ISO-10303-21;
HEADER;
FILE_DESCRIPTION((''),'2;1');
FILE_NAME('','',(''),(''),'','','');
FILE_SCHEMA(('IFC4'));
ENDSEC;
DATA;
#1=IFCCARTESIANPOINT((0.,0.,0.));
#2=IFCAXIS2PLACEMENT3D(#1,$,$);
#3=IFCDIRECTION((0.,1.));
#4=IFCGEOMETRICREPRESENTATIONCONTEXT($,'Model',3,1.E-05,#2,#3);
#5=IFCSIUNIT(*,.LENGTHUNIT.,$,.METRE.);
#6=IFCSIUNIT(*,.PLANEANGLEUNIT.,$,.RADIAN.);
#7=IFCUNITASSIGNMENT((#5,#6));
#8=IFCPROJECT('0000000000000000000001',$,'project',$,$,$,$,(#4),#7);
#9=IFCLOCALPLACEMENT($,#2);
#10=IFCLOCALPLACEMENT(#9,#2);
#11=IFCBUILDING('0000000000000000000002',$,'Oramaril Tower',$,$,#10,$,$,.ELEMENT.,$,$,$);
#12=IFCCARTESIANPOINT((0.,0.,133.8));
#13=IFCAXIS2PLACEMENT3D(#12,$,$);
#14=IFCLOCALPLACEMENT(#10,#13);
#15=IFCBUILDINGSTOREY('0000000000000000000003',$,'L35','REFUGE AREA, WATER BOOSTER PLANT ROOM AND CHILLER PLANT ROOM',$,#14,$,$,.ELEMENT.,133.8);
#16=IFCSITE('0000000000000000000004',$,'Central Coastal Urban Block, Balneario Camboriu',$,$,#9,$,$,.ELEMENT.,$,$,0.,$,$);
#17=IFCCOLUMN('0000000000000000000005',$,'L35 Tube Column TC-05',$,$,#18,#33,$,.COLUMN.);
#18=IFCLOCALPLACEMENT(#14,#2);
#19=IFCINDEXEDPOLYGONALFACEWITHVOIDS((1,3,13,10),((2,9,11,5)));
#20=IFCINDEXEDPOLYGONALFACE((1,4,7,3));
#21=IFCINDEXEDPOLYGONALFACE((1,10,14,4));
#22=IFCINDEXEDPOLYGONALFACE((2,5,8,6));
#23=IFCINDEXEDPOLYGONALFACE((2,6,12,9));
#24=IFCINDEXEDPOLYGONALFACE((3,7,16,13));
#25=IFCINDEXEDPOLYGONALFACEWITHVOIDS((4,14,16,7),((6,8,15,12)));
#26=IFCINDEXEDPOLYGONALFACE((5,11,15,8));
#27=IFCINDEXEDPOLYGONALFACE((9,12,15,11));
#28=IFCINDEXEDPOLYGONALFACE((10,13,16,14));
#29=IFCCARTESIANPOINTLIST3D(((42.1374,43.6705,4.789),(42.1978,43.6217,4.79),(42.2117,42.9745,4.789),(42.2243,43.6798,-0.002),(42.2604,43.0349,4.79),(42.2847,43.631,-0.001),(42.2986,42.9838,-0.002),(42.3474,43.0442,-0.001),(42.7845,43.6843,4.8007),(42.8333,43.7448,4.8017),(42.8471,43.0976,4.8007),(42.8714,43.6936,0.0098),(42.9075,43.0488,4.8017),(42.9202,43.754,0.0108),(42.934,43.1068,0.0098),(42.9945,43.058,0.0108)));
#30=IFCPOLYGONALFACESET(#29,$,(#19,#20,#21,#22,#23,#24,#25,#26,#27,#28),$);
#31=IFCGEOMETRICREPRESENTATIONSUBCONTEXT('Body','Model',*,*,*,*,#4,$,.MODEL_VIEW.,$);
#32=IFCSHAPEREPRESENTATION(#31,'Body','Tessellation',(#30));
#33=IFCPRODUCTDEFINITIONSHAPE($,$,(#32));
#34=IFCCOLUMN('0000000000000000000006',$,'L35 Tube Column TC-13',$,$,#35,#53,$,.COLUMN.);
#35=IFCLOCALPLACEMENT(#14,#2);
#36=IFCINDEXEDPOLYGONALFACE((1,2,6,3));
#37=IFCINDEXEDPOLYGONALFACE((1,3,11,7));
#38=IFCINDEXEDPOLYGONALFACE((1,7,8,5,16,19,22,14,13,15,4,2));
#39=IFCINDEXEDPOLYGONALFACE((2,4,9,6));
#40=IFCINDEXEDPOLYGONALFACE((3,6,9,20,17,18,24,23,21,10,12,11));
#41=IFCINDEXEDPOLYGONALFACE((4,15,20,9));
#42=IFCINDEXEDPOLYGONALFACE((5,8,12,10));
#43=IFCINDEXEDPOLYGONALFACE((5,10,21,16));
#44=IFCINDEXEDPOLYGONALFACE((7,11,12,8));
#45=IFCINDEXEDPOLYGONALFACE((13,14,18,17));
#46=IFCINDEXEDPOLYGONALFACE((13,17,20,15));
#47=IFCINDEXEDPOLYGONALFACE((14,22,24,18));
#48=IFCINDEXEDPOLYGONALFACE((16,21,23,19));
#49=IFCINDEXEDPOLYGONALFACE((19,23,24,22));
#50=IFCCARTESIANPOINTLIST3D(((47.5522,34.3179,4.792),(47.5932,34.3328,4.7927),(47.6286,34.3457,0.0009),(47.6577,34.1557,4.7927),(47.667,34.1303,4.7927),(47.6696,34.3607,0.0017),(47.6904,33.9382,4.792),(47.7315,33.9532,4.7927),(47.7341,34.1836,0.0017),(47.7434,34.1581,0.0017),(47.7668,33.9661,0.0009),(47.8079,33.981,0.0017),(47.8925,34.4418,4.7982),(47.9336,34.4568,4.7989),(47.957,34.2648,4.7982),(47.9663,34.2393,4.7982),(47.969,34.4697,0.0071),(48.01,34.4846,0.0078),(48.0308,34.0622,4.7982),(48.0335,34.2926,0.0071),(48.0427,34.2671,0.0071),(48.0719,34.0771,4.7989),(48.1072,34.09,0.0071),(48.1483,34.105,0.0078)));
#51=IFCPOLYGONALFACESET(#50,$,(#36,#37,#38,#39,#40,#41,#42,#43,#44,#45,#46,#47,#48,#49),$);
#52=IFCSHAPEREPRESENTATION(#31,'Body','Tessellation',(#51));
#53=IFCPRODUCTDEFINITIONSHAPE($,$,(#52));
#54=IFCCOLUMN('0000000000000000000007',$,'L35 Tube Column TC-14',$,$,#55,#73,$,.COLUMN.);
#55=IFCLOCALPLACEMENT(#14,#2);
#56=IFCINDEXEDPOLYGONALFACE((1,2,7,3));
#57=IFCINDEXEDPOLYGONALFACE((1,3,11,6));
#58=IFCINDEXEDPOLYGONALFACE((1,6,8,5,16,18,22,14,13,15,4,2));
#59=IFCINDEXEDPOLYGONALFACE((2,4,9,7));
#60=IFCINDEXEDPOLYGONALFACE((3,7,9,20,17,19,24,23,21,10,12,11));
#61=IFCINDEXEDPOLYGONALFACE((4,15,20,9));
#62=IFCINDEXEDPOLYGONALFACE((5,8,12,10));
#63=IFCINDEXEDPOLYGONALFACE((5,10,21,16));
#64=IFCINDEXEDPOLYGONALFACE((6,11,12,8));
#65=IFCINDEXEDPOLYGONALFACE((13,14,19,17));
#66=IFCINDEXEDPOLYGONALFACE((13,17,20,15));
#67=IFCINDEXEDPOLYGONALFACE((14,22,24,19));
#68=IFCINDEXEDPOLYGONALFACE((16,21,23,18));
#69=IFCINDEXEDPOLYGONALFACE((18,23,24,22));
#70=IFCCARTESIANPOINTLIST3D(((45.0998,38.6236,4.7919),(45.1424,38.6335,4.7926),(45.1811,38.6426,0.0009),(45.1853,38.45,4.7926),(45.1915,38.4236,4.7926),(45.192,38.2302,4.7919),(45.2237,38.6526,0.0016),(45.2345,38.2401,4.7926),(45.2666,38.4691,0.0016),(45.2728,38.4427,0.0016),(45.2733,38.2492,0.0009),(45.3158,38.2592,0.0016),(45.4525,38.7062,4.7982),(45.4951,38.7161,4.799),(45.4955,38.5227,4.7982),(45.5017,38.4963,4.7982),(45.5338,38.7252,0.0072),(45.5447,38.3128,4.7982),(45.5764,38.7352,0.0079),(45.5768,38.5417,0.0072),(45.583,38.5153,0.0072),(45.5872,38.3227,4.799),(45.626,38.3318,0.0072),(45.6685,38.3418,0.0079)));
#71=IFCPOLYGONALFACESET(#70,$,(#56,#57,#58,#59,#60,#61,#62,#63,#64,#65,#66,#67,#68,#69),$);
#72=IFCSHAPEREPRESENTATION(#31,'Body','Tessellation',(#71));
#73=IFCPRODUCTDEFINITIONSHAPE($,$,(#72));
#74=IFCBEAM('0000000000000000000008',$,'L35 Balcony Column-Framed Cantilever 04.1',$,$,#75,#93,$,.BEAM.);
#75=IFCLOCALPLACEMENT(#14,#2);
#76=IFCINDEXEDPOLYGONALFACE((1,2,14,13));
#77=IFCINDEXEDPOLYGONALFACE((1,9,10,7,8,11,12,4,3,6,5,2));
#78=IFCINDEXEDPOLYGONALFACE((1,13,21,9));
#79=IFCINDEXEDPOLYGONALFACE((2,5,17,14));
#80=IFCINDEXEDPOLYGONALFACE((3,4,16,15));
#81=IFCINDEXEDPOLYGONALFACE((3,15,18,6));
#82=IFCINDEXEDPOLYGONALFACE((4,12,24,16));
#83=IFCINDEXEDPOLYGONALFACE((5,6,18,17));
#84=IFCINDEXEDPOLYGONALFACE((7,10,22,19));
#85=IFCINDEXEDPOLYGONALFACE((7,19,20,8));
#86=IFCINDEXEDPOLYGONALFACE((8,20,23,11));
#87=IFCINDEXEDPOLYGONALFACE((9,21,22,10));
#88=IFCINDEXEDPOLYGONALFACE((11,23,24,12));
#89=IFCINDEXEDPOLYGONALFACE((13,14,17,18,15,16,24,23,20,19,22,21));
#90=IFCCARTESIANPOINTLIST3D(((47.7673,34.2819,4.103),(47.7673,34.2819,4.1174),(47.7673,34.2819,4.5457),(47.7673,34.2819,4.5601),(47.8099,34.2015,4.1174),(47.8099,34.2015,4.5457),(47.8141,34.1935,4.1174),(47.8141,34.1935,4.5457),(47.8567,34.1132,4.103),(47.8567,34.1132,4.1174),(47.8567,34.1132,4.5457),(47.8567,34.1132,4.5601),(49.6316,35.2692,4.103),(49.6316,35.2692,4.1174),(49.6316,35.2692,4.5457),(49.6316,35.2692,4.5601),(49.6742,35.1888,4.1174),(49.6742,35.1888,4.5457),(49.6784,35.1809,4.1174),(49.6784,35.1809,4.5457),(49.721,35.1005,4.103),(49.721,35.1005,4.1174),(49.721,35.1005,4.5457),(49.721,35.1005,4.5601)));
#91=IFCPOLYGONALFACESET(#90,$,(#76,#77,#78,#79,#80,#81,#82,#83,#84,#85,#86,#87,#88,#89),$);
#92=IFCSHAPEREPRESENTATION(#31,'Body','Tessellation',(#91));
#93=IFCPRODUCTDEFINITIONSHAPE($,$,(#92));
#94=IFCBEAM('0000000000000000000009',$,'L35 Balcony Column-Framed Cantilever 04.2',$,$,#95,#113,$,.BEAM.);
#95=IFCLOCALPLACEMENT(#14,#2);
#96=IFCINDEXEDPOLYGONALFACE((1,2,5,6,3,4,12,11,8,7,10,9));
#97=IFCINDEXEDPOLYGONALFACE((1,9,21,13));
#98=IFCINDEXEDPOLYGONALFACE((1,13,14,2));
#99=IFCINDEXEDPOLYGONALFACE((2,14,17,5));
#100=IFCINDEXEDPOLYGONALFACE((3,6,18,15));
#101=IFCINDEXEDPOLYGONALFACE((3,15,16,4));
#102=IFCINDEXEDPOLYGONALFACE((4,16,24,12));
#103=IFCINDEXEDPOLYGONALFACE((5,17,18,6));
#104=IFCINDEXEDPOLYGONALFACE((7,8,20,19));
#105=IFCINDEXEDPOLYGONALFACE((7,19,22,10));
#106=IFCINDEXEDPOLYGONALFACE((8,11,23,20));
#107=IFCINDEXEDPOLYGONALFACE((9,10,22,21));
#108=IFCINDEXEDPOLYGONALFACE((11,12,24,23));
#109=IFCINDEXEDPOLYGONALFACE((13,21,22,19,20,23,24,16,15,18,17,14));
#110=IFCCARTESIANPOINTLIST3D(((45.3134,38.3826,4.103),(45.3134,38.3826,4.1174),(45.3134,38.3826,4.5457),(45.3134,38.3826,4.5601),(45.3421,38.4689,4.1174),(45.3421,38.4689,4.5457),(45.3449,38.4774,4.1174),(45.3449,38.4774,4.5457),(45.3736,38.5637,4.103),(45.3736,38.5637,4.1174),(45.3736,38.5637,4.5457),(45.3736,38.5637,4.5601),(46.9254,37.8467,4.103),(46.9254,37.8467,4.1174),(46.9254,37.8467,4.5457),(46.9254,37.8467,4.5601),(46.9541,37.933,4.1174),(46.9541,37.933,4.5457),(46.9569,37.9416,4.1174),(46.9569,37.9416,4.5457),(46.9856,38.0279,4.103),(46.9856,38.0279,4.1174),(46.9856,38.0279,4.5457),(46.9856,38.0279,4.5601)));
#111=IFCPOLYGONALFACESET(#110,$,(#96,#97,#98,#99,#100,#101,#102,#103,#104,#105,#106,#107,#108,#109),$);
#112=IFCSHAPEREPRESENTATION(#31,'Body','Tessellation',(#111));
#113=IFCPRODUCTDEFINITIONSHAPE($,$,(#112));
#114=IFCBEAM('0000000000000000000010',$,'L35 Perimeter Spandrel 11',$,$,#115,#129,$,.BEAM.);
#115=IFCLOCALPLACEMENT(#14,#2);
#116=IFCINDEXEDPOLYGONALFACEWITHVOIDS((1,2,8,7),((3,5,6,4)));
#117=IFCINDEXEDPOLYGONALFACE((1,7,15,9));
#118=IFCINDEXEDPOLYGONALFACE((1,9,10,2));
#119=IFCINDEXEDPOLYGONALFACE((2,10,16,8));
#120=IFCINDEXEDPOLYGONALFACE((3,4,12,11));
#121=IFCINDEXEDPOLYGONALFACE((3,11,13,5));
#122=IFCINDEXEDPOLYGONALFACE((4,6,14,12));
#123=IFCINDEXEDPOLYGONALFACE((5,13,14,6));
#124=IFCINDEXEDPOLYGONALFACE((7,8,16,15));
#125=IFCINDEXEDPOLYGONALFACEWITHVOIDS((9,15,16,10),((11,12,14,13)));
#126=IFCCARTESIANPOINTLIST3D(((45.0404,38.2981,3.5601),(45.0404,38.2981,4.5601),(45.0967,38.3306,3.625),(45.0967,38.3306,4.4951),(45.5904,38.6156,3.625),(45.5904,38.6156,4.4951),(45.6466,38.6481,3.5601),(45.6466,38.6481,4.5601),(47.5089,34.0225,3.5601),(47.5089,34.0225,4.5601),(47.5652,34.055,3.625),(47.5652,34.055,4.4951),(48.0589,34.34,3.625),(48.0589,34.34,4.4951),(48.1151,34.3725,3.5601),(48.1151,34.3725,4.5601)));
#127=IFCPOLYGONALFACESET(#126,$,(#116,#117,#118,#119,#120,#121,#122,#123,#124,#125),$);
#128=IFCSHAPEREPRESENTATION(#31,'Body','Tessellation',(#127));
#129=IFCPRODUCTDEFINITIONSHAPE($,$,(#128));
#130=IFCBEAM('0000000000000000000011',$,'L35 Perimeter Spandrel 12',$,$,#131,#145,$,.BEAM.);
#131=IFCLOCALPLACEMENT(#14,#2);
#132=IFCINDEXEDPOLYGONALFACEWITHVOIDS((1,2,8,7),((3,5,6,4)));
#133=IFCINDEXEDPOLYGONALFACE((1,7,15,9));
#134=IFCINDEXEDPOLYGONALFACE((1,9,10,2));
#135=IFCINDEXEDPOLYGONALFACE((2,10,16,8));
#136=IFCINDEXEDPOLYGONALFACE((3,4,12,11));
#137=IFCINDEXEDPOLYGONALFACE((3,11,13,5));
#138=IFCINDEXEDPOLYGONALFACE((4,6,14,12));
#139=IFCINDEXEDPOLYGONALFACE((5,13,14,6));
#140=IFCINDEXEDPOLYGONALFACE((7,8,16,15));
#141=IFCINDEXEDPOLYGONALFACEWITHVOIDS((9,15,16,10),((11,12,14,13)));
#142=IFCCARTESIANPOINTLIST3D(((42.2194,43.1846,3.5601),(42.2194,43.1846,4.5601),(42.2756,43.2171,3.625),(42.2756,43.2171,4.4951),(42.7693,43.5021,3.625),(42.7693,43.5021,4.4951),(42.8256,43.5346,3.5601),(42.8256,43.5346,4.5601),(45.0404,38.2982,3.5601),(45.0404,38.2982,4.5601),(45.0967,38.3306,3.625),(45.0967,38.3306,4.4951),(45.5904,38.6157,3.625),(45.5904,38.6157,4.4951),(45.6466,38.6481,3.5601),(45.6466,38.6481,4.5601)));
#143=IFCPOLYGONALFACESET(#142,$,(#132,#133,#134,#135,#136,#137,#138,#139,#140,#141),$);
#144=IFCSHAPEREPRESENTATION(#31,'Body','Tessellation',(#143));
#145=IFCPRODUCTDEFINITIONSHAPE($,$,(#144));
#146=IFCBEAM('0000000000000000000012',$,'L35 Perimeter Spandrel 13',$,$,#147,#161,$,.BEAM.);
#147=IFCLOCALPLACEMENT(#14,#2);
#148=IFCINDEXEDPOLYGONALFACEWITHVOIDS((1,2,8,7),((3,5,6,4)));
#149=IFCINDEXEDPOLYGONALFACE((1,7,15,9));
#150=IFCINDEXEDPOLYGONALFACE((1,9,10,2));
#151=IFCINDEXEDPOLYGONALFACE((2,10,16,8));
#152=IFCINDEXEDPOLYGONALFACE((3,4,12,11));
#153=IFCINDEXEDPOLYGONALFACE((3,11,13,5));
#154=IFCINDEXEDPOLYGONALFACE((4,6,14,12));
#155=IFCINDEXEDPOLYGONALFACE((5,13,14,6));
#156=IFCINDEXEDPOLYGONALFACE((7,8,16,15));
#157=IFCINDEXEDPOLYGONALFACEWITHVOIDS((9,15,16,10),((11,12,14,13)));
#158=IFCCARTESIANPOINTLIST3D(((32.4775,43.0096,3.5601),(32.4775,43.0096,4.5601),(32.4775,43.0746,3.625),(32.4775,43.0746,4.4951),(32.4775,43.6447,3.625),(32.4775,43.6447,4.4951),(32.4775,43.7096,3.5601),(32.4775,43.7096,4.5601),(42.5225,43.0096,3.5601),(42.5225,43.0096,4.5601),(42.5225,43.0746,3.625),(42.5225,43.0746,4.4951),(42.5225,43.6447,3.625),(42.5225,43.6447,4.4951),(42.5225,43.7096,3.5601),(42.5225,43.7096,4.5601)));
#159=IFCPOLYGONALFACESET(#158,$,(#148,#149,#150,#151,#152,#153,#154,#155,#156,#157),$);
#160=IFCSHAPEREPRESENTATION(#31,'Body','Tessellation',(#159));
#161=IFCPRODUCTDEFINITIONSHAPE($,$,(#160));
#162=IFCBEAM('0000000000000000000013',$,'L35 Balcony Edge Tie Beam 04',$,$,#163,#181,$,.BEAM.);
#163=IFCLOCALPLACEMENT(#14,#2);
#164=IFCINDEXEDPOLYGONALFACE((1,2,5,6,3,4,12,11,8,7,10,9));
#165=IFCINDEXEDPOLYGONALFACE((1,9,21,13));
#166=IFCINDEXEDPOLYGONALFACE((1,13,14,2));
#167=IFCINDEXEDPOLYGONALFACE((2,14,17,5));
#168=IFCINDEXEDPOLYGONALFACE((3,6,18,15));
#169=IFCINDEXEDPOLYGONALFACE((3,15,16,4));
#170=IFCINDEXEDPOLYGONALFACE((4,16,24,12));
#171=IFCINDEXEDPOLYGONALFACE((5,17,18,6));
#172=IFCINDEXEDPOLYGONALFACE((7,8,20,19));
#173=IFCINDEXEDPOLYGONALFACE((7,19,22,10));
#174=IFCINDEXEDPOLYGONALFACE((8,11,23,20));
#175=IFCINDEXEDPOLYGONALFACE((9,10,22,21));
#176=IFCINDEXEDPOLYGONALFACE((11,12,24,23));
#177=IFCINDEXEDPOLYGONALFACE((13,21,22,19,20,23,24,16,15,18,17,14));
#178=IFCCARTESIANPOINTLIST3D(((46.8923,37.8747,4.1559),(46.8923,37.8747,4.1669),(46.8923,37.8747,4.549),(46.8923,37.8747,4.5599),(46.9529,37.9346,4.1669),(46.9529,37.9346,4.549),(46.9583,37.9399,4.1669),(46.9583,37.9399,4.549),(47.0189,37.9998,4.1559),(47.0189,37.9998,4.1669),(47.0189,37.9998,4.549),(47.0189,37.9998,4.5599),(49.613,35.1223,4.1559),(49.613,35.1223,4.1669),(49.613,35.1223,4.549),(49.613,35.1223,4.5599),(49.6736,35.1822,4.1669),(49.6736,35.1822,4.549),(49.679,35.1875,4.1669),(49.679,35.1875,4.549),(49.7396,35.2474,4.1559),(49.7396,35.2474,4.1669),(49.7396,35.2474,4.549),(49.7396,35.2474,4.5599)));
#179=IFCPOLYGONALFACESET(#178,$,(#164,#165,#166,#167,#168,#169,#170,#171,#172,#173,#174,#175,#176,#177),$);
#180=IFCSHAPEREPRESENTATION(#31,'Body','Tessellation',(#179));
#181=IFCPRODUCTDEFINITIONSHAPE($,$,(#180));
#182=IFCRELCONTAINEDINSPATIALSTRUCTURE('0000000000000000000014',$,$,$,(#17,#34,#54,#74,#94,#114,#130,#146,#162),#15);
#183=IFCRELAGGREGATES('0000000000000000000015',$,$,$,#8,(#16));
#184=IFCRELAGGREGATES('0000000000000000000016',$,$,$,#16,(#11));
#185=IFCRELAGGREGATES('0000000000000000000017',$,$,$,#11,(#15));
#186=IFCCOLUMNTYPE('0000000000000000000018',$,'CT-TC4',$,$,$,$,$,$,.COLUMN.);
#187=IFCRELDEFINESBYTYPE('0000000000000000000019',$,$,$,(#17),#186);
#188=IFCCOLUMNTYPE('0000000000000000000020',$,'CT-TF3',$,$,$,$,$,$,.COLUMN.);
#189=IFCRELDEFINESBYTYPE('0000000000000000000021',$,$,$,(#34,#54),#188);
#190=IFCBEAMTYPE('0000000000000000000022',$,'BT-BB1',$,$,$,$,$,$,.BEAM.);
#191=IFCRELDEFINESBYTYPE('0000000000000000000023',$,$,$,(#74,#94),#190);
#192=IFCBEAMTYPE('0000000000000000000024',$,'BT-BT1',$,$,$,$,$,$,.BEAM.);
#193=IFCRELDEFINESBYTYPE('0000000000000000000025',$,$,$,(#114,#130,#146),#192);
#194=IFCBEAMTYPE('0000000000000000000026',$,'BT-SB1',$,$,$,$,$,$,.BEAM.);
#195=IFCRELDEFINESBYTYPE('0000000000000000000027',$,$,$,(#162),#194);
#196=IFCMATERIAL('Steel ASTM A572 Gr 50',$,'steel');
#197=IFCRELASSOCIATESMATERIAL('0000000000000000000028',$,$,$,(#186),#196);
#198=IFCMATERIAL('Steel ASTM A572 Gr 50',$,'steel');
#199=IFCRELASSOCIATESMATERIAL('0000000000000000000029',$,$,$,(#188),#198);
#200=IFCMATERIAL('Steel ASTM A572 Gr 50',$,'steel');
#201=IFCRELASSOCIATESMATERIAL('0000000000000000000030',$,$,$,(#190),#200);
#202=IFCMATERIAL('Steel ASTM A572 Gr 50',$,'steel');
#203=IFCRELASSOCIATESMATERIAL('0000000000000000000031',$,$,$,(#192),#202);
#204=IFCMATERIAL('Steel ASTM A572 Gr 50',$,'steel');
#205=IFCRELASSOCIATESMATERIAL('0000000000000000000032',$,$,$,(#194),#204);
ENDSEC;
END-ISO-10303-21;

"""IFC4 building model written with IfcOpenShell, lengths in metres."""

from ifc_helpers import new_model, si_unit, direction, frame, origin, origin_2d, place, context, subcontext, project, spatial, hollow_rectangle, i_section, extrude, material, material_profile, profile_set, type_object, element, save


model = new_model("IFC4")

# Units and contexts
model_context = context("Model", 3, precision=1e-05, world=origin(), true_north=direction((0.0, 1.0)))
body_context = subcontext(model_context, "Body", "Model", "MODEL_VIEW")
ifc_project = project(units=[si_unit("LENGTHUNIT", "METRE"), si_unit("PLANEANGLEUNIT", "RADIAN")], contexts=[model_context])

# Site, building, storey
site_placement = place(None, origin())
site = spatial("IfcSite", under=ifc_project, at=site_placement, Name="Central Coastal Urban Block, Balneario Camboriu", CompositionType="ELEMENT", RefElevation=0.0)
building_placement = place(site_placement, origin())
building = spatial("IfcBuilding", under=site, at=building_placement, Name="Oramaril Tower", CompositionType="ELEMENT")
storey_placement = place(building_placement, frame((0.0, 0.0, 133.8)))
storey = spatial("IfcBuildingStorey", under=building, at=storey_placement, Name="L35", Description="REFUGE AREA, WATER BOOSTER PLANT ROOM AND CHILLER PLANT ROOM", CompositionType="ELEMENT", Elevation=133.8)

# Columns
ifc_material_1 = material(Name="Steel ASTM A572 Gr 50", Category="steel")
ifc_material_profile_1 = material_profile(ifc_material_1, hollow_rectangle(XDim=0.7, YDim=0.7, WallThickness=0.0549, at=origin_2d()), Name="BOX700X700X55")
ifc_profile_set_1 = profile_set([ifc_material_profile_1], Name="Steel ASTM A572 Gr 50")
column_type_1 = type_object("IfcColumnType", Name="CT-TC4", PredefinedType="COLUMN", material=ifc_profile_set_1)
column_placement = place(storey_placement, frame((42.6094, 43.3689, 0.0044), z_axis=(-0.018138, -0.001936, 0.999834), x_axis=(0.106139, -0.994351, 0.0)))
element("IfcColumn", 1, at=column_placement, inside=storey, type_object=column_type_1, Name="L35 Tube Column TC-05", PredefinedType="COLUMN", context=body_context, shape_type="SweptSolid", body=[
    extrude(hollow_rectangle(XDim=0.7, YDim=0.7, WallThickness=0.0549, at=origin_2d()), origin(), (0.0, 0.0, 1.0), 4.7917),
])
ifc_material_2 = material(Name="Steel ASTM A572 Gr 50", Category="steel")
ifc_material_profile_2 = material_profile(ifc_material_2, i_section(OverallWidth=0.4041, OverallDepth=0.406, WebThickness=0.0271, FlangeThickness=0.0437, at=origin_2d()), Name="W14X233")
ifc_profile_set_2 = profile_set([ifc_material_profile_2], Name="Steel ASTM A572 Gr 50")
column_type_2 = type_object("IfcColumnType", Name="CT-TF3", PredefinedType="COLUMN", material=ifc_profile_set_2)
for number, where, z_axis, x_axis, name in (
    (2, (47.8884, 34.2253, 0.0044), (-0.015948, -0.005808, 0.999856), (0.342225, -0.939618, 0.0), "L35 Tube Column TC-13"),
    (3, (45.4248, 38.4922, 0.0044), (-0.016966, -0.003974, 0.999848), (0.228061, -0.973647, 0.0), "L35 Tube Column TC-14"),
):
    element("IfcColumn", number, at=place(storey_placement, frame(where, z_axis=z_axis, x_axis=x_axis)), inside=storey, type_object=column_type_2, Name=name, PredefinedType="COLUMN", context=body_context, shape_type="SweptSolid", body=[
        extrude(i_section(OverallWidth=0.4041, OverallDepth=0.406, WebThickness=0.0271, FlangeThickness=0.0437, at=origin_2d()), origin(), (0.0, 0.0, 1.0), 4.7917),
    ])

# Beams
ifc_material_3 = material(Name="Steel ASTM A572 Gr 50", Category="steel")
ifc_material_profile_3 = material_profile(ifc_material_3, i_section(OverallWidth=0.1909, OverallDepth=0.457, WebThickness=0.009, FlangeThickness=0.0144, at=origin_2d()), Name="W18X50")
ifc_profile_set_3 = profile_set([ifc_material_profile_3], Name="Steel ASTM A572 Gr 50")
beam_type_1 = type_object("IfcBeamType", Name="BT-BB1", PredefinedType="BEAM", material=ifc_profile_set_3)
beam_1_placement = place(storey_placement, frame((47.812, 34.1975, 4.3315), z_axis=(0.88372, 0.468015, 0.0), x_axis=(-0.468015, 0.88372, 0.0)))
element("IfcBeam", 4, at=beam_1_placement, inside=storey, type_object=beam_type_1, Name="L35 Balcony Column-Framed Cantilever 04.1", PredefinedType="BEAM", context=body_context, shape_type="SweptSolid", body=[
    extrude(i_section(OverallWidth=0.1909, OverallDepth=0.457, WebThickness=0.009, FlangeThickness=0.0144, at=origin_2d()), origin(), (0.0, 0.0, 1.0), 2.1096),
])
beam_2_placement = place(storey_placement, frame((45.3435, 38.4731, 4.3315), z_axis=(0.948942, -0.315452, 0.0), x_axis=(0.315452, 0.948942, 0.0)))
element("IfcBeam", 5, at=beam_2_placement, inside=storey, type_object=beam_type_1, Name="L35 Balcony Column-Framed Cantilever 04.2", PredefinedType="BEAM", context=body_context, shape_type="SweptSolid", body=[
    extrude(i_section(OverallWidth=0.1909, OverallDepth=0.457, WebThickness=0.009, FlangeThickness=0.0144, at=origin_2d()), origin(), (0.0, 0.0, 1.0), 1.6987),
])
ifc_material_4 = material(Name="Steel ASTM A572 Gr 50", Category="steel")
ifc_material_profile_4 = material_profile(ifc_material_4, hollow_rectangle(XDim=0.7, YDim=1.0, WallThickness=0.0649, at=origin_2d()), Name="BOX1000X700X65")
ifc_profile_set_4 = profile_set([ifc_material_profile_4], Name="Steel ASTM A572 Gr 50")
beam_type_2 = type_object("IfcBeamType", Name="BT-BT1", PredefinedType="BEAM", material=ifc_profile_set_4)
beam_3_placement = place(storey_placement, frame((47.812, 34.1975, 4.0601), z_axis=(-0.499995, 0.866028, 0.0), x_axis=(-0.866028, -0.499995, 0.0)))
element("IfcBeam", 6, at=beam_3_placement, inside=storey, type_object=beam_type_2, Name="L35 Perimeter Spandrel 11", PredefinedType="BEAM", context=body_context, shape_type="SweptSolid", body=[
    extrude(hollow_rectangle(XDim=0.7, YDim=1.0, WallThickness=0.0649, at=origin_2d()), origin(), (0.0, 0.0, 1.0), 4.937),
])
beam_4_placement = place(storey_placement, frame((45.3435, 38.4731, 4.0601), z_axis=(-0.499978, 0.866038, 0.0), x_axis=(-0.866038, -0.499978, 0.0)))
element("IfcBeam", 7, at=beam_4_placement, inside=storey, type_object=beam_type_2, Name="L35 Perimeter Spandrel 12", PredefinedType="BEAM", context=body_context, shape_type="SweptSolid", body=[
    extrude(hollow_rectangle(XDim=0.7, YDim=1.0, WallThickness=0.0649, at=origin_2d()), origin(), (0.0, 0.0, 1.0), 5.6423),
])
beam_5_placement = place(storey_placement, frame((42.5225, 43.3596, 4.0601), z_axis=(-1.0, 0.0, 0.0), x_axis=(0.0, -1.0, 0.0)))
element("IfcBeam", 8, at=beam_5_placement, inside=storey, type_object=beam_type_2, Name="L35 Perimeter Spandrel 13", PredefinedType="BEAM", context=body_context, shape_type="SweptSolid", body=[
    extrude(hollow_rectangle(XDim=0.7, YDim=1.0, WallThickness=0.0649, at=origin_2d()), origin(), (0.0, 0.0, 1.0), 10.0449),
])
ifc_material_5 = material(Name="Steel ASTM A572 Gr 50", Category="steel")
ifc_material_profile_5 = material_profile(ifc_material_5, i_section(OverallWidth=0.178, OverallDepth=0.4041, WebThickness=0.0076, FlangeThickness=0.011, at=origin_2d()), Name="W16X36")
ifc_profile_set_5 = profile_set([ifc_material_profile_5], Name="Steel ASTM A572 Gr 50")
beam_type_3 = type_object("IfcBeamType", Name="BT-SB1", PredefinedType="BEAM", material=ifc_profile_set_5)
beam_6_placement = place(storey_placement, frame((49.6763, 35.1848, 4.3579), z_axis=(-0.702995, 0.711195, 0.0), x_axis=(-0.711195, -0.702995, 0.0)))
element("IfcBeam", 9, at=beam_6_placement, inside=storey, type_object=beam_type_3, Name="L35 Balcony Edge Tie Beam 04", PredefinedType="BEAM", context=body_context, shape_type="SweptSolid", body=[
    extrude(i_section(OverallWidth=0.178, OverallDepth=0.4041, WebThickness=0.0076, FlangeThickness=0.011, at=origin_2d()), origin(), (0.0, 0.0, 1.0), 3.8701),
])

save(model, "model.ifc")
